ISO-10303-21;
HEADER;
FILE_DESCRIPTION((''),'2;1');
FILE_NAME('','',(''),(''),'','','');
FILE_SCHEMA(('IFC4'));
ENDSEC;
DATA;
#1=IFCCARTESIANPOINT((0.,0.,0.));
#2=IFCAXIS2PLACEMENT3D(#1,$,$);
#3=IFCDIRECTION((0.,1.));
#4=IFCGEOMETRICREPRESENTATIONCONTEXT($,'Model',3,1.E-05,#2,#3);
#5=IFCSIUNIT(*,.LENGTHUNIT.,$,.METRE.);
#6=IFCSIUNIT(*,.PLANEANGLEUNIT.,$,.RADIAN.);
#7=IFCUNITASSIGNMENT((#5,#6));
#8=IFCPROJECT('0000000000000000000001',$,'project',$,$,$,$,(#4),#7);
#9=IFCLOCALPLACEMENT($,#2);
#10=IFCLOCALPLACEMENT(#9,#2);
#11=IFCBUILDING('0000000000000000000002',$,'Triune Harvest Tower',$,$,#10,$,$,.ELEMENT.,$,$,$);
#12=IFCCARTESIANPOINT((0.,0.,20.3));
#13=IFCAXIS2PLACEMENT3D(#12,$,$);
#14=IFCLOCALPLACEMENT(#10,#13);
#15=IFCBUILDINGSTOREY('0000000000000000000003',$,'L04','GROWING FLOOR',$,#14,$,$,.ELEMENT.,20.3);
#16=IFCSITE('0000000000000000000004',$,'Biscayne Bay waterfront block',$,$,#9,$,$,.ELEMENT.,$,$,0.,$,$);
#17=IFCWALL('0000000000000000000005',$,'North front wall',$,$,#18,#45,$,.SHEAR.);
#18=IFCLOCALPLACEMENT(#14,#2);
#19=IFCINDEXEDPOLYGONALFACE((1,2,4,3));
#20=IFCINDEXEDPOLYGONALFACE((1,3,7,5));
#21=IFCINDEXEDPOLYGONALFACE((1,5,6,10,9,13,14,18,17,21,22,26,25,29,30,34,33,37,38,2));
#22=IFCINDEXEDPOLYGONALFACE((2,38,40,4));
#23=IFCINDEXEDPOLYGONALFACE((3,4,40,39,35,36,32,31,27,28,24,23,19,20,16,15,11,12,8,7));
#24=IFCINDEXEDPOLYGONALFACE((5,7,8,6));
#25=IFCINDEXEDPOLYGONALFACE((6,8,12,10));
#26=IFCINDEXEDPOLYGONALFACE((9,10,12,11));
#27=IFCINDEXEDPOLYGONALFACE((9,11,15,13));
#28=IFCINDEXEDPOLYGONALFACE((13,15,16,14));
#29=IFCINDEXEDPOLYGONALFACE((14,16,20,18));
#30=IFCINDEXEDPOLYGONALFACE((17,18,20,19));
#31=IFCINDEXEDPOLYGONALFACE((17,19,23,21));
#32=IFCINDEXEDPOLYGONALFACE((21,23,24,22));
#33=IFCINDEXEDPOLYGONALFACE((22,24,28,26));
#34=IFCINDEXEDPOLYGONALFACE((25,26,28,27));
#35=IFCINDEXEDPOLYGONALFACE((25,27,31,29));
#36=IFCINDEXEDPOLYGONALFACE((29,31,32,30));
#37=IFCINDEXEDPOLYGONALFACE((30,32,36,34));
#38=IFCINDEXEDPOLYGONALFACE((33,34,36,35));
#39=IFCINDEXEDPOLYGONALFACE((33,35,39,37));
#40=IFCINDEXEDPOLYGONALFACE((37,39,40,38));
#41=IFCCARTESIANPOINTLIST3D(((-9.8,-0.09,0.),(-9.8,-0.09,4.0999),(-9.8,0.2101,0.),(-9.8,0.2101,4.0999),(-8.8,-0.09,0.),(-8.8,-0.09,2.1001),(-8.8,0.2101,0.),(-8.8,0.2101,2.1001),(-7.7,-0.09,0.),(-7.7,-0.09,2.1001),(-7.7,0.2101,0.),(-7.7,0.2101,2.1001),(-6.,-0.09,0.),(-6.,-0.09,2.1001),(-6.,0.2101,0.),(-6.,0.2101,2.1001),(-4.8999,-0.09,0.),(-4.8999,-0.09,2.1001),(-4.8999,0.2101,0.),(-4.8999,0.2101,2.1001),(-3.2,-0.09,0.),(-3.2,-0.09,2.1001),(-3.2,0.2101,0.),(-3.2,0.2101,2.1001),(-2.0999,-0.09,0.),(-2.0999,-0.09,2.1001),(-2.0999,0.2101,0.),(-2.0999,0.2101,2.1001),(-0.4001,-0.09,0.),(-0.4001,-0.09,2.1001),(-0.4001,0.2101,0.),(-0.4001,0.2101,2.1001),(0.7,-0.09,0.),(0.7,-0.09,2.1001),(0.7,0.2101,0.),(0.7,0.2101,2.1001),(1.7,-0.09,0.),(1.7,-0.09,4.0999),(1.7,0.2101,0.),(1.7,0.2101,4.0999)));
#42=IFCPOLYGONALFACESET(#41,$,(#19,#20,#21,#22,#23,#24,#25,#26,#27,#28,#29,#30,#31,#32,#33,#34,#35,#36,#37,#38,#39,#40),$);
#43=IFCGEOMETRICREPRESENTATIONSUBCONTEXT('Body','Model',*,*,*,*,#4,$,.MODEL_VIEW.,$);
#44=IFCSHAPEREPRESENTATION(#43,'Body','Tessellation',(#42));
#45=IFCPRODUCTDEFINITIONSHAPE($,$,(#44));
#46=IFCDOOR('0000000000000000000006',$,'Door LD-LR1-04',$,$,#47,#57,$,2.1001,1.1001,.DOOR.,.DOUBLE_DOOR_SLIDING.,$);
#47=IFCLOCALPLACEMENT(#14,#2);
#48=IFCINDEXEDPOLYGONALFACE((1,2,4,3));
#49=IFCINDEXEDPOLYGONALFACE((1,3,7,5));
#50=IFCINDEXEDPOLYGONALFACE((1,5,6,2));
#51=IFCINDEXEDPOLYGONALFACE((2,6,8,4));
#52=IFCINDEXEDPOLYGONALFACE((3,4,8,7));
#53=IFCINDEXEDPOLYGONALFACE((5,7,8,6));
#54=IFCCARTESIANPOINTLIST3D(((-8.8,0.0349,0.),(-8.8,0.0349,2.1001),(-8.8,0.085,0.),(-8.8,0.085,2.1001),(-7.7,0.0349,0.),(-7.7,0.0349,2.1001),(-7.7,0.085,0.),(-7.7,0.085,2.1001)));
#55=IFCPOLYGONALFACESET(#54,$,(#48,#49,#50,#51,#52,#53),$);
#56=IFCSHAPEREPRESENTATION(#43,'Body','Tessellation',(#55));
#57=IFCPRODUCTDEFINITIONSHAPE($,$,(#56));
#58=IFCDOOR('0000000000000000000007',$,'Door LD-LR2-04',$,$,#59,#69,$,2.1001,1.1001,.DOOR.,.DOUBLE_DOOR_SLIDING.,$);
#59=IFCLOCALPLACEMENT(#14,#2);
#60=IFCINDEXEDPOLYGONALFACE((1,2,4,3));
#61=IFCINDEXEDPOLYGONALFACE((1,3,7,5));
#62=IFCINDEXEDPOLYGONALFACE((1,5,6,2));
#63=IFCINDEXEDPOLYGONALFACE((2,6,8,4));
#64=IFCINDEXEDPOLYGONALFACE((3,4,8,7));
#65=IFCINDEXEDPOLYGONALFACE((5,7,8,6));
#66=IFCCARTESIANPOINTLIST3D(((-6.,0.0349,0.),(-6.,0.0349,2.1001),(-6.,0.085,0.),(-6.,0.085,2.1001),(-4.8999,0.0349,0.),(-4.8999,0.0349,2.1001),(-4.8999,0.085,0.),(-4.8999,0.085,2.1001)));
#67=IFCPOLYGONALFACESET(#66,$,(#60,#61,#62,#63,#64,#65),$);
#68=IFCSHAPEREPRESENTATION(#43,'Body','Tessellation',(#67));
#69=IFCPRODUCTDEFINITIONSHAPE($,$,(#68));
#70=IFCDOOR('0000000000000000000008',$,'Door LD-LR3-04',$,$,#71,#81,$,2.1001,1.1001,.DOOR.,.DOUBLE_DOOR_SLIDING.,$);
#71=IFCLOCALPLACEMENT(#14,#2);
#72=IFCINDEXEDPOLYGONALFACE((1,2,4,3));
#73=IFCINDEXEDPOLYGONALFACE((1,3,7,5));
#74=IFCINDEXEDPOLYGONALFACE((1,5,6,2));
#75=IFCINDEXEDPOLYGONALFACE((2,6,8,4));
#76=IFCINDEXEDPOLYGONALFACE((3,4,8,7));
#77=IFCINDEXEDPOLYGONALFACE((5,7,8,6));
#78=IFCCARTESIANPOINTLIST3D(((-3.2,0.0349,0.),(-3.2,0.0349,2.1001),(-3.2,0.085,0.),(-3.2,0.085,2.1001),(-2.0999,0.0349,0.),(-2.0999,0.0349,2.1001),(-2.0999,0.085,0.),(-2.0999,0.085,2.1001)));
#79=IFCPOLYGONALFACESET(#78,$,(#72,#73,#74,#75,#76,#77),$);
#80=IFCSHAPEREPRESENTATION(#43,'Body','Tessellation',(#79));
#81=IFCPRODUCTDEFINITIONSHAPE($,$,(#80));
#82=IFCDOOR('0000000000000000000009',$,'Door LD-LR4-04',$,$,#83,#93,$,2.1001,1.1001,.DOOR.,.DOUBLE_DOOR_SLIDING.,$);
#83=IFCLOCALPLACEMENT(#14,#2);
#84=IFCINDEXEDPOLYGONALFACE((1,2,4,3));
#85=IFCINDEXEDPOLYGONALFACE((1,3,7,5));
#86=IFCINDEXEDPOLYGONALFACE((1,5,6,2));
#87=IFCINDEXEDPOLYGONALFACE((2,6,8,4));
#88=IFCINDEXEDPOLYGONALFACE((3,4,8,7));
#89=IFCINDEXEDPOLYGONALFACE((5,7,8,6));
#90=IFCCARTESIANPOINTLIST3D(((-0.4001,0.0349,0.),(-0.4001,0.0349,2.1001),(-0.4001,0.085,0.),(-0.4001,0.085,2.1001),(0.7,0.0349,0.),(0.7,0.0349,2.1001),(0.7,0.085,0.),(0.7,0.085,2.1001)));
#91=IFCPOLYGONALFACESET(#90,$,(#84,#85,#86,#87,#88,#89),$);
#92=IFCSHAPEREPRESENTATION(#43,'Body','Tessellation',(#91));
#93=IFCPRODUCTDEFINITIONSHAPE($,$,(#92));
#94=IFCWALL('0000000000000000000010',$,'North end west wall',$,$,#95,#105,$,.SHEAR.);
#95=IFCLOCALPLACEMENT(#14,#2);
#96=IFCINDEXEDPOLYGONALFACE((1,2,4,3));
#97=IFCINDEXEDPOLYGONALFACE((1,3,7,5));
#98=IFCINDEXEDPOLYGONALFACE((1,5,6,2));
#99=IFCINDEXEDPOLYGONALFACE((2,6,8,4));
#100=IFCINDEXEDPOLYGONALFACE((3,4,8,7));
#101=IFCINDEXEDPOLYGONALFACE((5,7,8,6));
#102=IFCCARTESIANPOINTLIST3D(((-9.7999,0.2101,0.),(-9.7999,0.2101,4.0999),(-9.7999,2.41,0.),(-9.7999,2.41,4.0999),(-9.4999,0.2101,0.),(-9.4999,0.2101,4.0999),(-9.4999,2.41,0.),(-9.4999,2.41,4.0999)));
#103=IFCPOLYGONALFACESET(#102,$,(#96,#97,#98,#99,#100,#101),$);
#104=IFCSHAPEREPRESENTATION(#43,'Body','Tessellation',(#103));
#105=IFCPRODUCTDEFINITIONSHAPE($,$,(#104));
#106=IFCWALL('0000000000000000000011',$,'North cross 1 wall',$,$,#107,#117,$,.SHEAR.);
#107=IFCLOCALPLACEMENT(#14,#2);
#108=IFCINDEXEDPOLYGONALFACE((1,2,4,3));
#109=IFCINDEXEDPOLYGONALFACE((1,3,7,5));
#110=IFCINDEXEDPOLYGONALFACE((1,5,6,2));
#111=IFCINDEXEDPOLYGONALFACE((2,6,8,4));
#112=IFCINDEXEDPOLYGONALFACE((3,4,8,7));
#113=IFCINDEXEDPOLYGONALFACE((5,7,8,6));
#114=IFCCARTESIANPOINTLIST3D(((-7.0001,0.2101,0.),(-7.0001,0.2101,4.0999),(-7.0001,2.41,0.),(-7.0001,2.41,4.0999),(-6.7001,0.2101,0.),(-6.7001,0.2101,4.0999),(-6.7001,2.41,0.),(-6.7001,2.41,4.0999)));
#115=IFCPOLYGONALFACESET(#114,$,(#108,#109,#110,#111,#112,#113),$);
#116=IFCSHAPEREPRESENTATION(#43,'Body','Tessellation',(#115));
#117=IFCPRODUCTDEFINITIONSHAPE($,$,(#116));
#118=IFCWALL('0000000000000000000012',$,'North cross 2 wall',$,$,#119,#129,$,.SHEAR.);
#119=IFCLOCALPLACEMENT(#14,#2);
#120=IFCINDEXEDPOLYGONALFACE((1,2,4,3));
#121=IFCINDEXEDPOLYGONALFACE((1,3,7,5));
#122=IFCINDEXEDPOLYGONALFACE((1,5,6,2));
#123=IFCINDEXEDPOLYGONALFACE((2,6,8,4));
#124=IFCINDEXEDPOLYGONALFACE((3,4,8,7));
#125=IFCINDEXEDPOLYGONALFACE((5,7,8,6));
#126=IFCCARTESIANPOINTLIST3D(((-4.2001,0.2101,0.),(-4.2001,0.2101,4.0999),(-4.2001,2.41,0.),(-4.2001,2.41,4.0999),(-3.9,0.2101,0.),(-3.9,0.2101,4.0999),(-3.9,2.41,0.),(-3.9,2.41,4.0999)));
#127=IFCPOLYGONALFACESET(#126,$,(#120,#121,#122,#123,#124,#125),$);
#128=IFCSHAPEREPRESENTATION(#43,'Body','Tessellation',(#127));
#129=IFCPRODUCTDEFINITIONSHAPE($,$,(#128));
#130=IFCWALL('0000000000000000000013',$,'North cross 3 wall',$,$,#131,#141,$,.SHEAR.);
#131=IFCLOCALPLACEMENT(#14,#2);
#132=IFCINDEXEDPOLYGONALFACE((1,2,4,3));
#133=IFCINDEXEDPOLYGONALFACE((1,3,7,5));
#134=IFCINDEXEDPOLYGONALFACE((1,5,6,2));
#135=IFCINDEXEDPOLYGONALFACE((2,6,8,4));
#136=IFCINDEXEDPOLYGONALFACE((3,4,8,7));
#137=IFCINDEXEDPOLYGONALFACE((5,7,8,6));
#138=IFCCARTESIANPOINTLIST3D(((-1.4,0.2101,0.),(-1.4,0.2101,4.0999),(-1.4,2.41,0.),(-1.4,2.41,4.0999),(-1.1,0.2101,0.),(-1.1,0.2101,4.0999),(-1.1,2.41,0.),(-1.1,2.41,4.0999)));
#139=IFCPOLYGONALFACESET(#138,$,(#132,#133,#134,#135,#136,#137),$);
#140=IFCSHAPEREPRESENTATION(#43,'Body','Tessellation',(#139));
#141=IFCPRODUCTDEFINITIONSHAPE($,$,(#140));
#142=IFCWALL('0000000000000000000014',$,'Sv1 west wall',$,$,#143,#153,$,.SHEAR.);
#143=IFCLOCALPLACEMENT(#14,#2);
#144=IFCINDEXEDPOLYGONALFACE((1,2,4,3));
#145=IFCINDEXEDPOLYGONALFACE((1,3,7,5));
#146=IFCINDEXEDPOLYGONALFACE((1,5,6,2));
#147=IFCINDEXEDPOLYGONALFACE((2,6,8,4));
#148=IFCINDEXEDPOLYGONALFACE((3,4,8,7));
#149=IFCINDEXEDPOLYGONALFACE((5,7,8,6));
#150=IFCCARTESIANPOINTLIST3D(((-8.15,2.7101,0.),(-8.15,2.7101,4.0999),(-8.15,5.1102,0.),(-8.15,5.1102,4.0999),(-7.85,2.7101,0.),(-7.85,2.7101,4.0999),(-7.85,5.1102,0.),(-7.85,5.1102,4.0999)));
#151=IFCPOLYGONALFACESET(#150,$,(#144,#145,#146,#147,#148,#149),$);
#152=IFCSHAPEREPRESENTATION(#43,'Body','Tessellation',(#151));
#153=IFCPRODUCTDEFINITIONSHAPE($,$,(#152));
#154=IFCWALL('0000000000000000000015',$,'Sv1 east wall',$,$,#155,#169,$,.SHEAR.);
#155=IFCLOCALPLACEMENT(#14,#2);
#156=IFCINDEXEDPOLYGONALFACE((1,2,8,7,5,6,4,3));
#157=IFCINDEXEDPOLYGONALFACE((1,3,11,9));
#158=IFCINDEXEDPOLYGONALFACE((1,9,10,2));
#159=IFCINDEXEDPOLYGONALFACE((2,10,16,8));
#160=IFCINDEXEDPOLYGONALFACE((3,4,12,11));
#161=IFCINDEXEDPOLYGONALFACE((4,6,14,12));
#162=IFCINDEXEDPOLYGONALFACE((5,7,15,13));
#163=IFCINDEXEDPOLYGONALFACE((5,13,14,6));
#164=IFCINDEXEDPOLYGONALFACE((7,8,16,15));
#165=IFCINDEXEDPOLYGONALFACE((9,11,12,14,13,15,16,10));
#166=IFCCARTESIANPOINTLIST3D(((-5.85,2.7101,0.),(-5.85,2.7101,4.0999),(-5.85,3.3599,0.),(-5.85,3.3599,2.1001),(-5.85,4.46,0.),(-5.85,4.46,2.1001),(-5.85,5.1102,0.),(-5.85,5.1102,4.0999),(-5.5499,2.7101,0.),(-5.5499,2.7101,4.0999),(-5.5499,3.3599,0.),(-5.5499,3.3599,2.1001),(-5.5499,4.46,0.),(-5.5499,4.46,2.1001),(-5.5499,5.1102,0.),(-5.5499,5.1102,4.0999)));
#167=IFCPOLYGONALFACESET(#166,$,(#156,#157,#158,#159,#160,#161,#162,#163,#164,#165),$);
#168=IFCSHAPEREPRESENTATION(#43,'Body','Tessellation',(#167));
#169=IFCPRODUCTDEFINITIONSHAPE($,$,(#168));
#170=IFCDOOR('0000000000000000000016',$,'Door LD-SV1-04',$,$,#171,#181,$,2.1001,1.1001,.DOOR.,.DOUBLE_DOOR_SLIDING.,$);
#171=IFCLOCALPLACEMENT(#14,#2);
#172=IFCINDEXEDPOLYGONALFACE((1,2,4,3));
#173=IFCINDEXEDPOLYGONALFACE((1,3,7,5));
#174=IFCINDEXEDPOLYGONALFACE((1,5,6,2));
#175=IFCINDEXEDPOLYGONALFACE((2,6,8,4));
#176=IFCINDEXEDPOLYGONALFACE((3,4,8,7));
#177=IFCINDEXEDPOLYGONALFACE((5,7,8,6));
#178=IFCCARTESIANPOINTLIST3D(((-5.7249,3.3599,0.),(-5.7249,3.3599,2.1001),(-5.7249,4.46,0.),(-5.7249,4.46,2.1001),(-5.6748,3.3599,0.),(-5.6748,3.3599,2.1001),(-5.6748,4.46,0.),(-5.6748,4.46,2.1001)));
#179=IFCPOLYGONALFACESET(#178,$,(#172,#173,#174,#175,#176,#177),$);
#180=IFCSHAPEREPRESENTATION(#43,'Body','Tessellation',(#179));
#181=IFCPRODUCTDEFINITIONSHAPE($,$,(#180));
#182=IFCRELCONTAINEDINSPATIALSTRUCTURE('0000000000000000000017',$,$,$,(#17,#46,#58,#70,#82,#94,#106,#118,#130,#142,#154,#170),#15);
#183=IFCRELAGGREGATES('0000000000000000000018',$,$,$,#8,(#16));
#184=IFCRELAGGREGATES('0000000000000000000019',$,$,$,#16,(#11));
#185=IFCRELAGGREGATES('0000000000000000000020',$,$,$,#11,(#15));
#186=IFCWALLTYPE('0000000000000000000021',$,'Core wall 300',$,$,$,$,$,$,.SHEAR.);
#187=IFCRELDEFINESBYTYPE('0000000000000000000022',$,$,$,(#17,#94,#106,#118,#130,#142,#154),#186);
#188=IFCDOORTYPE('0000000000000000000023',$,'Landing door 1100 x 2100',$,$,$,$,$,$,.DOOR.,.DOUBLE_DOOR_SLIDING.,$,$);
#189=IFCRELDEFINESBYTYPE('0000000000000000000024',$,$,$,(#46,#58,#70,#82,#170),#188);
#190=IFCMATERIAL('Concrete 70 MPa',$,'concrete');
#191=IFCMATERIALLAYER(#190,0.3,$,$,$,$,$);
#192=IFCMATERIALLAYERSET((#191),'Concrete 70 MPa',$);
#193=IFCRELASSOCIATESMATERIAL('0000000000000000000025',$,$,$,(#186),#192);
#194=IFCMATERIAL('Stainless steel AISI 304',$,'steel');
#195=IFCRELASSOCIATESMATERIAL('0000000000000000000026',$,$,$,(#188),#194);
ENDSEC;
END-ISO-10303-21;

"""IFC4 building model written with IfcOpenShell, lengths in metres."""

from ifc_helpers import new_model, si_unit, direction, frame, frame_2d, origin, place, context, subcontext, project, spatial, rectangle, extrude, source, transform, mapped, material, layer, layer_set, type_object, element, fill, save


model = new_model("IFC4")

# Units and contexts
model_context = context("Model", 3, precision=1e-05, world=origin(), true_north=direction((0.0, 1.0)))
body_context = subcontext(model_context, "Body", "Model", "MODEL_VIEW")
ifc_project = project(units=[si_unit("LENGTHUNIT", "METRE"), si_unit("PLANEANGLEUNIT", "RADIAN")], contexts=[model_context])

# Site, building, storey
site_placement = place(None, origin())
site = spatial("IfcSite", under=ifc_project, at=site_placement, Name="Biscayne Bay waterfront block", CompositionType="ELEMENT", RefElevation=0.0)
building_placement = place(site_placement, origin())
building = spatial("IfcBuilding", under=site, at=building_placement, Name="Triune Harvest Tower", CompositionType="ELEMENT")
storey_placement = place(building_placement, frame((0.0, 0.0, 20.3)))
storey = spatial("IfcBuildingStorey", under=building, at=storey_placement, Name="L04", Description="GROWING FLOOR", CompositionType="ELEMENT", Elevation=20.3)

# Wall, openings, doors
ifc_material_1 = material(Name="Concrete 70 MPa", Category="concrete")
ifc_layer = layer(ifc_material_1, 0.3)
ifc_layer_set = layer_set([ifc_layer], Name="Concrete 70 MPa")
wall_type = type_object("IfcWallType", Name="Core wall 300", PredefinedType="SHEAR", material=ifc_layer_set)
shared_shape_1 = source(origin(), body_context, "Body", "SweptSolid", [
    extrude(rectangle(XDim=11.5, YDim=0.3, at=frame_2d((5.75, 0.0))), origin(), (0.0, 0.0, 1.0), 4.0999),
])
wall_1_placement = place(storey_placement, frame((-9.8, 0.0601, 0.0), z_axis=(0.0, 0.0, 1.0), x_axis=(1.0, 0.0, 0.0)))
wall_1 = element("IfcWall", 1, at=wall_1_placement, inside=storey, type_object=wall_type, Name="North front wall", PredefinedType="SHEAR", context=body_context, shape_type="MappedRepresentation", body=[
    mapped(shared_shape_1, transform((0.0, 0.0, 0.0), scale=1.0)),
])
opening_1_placement = place(wall_1_placement, frame((1.0, 0.0, 0.0)))
opening_1 = element("IfcOpeningElement", 2, at=opening_1_placement, cuts=wall_1, PredefinedType="OPENING", context=body_context, shape_type="SweptSolid", body=[
    extrude(rectangle(XDim=1.1001, YDim=2.1001, at=frame_2d((0.55, 1.05))), frame((0.0, 0.1602, 0.0), z_axis=(0.0, -1.0, 0.0), x_axis=(1.0, 0.0, 0.0)), (0.0, 0.0, 1.0), 0.3201),
])
opening_2_placement = place(wall_1_placement, frame((3.8, 0.0, 0.0)))
opening_2 = element("IfcOpeningElement", 3, at=opening_2_placement, cuts=wall_1, PredefinedType="OPENING", context=body_context, shape_type="SweptSolid", body=[
    extrude(rectangle(XDim=1.1001, YDim=2.1001, at=frame_2d((0.55, 1.05))), frame((0.0, 0.1602, 0.0), z_axis=(0.0, -1.0, 0.0), x_axis=(1.0, 0.0, 0.0)), (0.0, 0.0, 1.0), 0.3201),
])
opening_3_placement = place(wall_1_placement, frame((6.6001, 0.0, 0.0)))
opening_3 = element("IfcOpeningElement", 4, at=opening_3_placement, cuts=wall_1, PredefinedType="OPENING", context=body_context, shape_type="SweptSolid", body=[
    extrude(rectangle(XDim=1.1001, YDim=2.1001, at=frame_2d((0.55, 1.05))), frame((0.0, 0.1602, 0.0), z_axis=(0.0, -1.0, 0.0), x_axis=(1.0, 0.0, 0.0)), (0.0, 0.0, 1.0), 0.3201),
])
opening_4_placement = place(wall_1_placement, frame((9.3999, 0.0, 0.0)))
opening_4 = element("IfcOpeningElement", 5, at=opening_4_placement, cuts=wall_1, PredefinedType="OPENING", context=body_context, shape_type="SweptSolid", body=[
    extrude(rectangle(XDim=1.1001, YDim=2.1001, at=frame_2d((0.55, 1.05))), frame((0.0, 0.1602, 0.0), z_axis=(0.0, -1.0, 0.0), x_axis=(1.0, 0.0, 0.0)), (0.0, 0.0, 1.0), 0.3201),
])
ifc_material_2 = material(Name="Stainless steel AISI 304", Category="steel")
door_type = type_object("IfcDoorType", Name="Landing door 1100 x 2100", OperationType="DOUBLE_DOOR_SLIDING", PredefinedType="DOOR", material=ifc_material_2)
door_1_placement = place(opening_1_placement, origin())
door_1 = element("IfcDoor", 6, at=door_1_placement, inside=storey, type_object=door_type, Name="Door LD-LR1-04", OperationType="DOUBLE_DOOR_SLIDING", OverallHeight=2.1001, OverallWidth=1.1001, PredefinedType="DOOR", context=body_context, shape_type="SweptSolid", body=[
    extrude(rectangle(XDim=1.1001, YDim=2.1001, at=frame_2d((0.55, 1.05))), frame((0.0, 0.0249, 0.0), z_axis=(0.0, -1.0, 0.0), x_axis=(1.0, 0.0, 0.0)), (0.0, 0.0, 1.0), 0.05),
])
fill(opening_1, door_1)
door_2_placement = place(opening_2_placement, origin())
door_2 = element("IfcDoor", 7, at=door_2_placement, inside=storey, type_object=door_type, Name="Door LD-LR2-04", OperationType="DOUBLE_DOOR_SLIDING", OverallHeight=2.1001, OverallWidth=1.1001, PredefinedType="DOOR", context=body_context, shape_type="SweptSolid", body=[
    extrude(rectangle(XDim=1.1001, YDim=2.1001, at=frame_2d((0.55, 1.05))), frame((0.0, 0.0249, 0.0), z_axis=(0.0, -1.0, 0.0), x_axis=(1.0, 0.0, 0.0)), (0.0, 0.0, 1.0), 0.05),
])
fill(opening_2, door_2)
door_3_placement = place(opening_3_placement, origin())
door_3 = element("IfcDoor", 8, at=door_3_placement, inside=storey, type_object=door_type, Name="Door LD-LR3-04", OperationType="DOUBLE_DOOR_SLIDING", OverallHeight=2.1001, OverallWidth=1.1001, PredefinedType="DOOR", context=body_context, shape_type="SweptSolid", body=[
    extrude(rectangle(XDim=1.1001, YDim=2.1001, at=frame_2d((0.55, 1.05))), frame((0.0, 0.0249, 0.0), z_axis=(0.0, -1.0, 0.0), x_axis=(1.0, 0.0, 0.0)), (0.0, 0.0, 1.0), 0.05),
])
fill(opening_3, door_3)
door_4_placement = place(opening_4_placement, origin())
door_4 = element("IfcDoor", 9, at=door_4_placement, inside=storey, type_object=door_type, Name="Door LD-LR4-04", OperationType="DOUBLE_DOOR_SLIDING", OverallHeight=2.1001, OverallWidth=1.1001, PredefinedType="DOOR", context=body_context, shape_type="SweptSolid", body=[
    extrude(rectangle(XDim=1.1001, YDim=2.1001, at=frame_2d((0.55, 1.05))), frame((0.0, 0.0249, 0.0), z_axis=(0.0, -1.0, 0.0), x_axis=(1.0, 0.0, 0.0)), (0.0, 0.0, 1.0), 0.05),
])
fill(opening_4, door_4)

# Walls
shared_shape_2 = source(origin(), body_context, "Body", "SweptSolid", [
    extrude(rectangle(XDim=2.2, YDim=0.3, at=frame_2d((1.1001, 0.0))), origin(), (0.0, 0.0, 1.0), 4.0999),
])
for number, where, z_axis, x_axis, name in (
    (10, (-9.6499, 0.21, 0.0), (0.0, 0.0, 1.0), (0.0, 1.0, 0.0), "North end west wall"),
    (11, (-6.8501, 0.21, 0.0), (0.0, 0.0, 1.0), (0.0, 1.0, 0.0), "North cross 1 wall"),
    (12, (-4.05, 0.21, 0.0), (0.0, 0.0, 1.0), (0.0, 1.0, 0.0), "North cross 2 wall"),
    (13, (-1.25, 0.21, 0.0), (0.0, 0.0, 1.0), (0.0, 1.0, 0.0), "North cross 3 wall"),
):
    element("IfcWall", number, at=place(storey_placement, frame(where, z_axis=z_axis, x_axis=x_axis)), inside=storey, type_object=wall_type, Name=name, PredefinedType="SHEAR", context=body_context, shape_type="MappedRepresentation", body=[
        mapped(shared_shape_2, transform((0.0, 0.0, 0.0), scale=1.0)),
    ])
shared_shape_3 = source(origin(), body_context, "Body", "SweptSolid", [
    extrude(rectangle(XDim=2.4001, YDim=0.3, at=frame_2d((1.2002, 0.0))), origin(), (0.0, 0.0, 1.0), 4.0999),
])
wall_2_placement = place(storey_placement, frame((-8.0, 2.71, 0.0), z_axis=(0.0, 0.0, 1.0), x_axis=(0.0, 1.0, 0.0)))
element("IfcWall", 14, at=wall_2_placement, inside=storey, type_object=wall_type, Name="Sv1 west wall", PredefinedType="SHEAR", context=body_context, shape_type="MappedRepresentation", body=[
    mapped(shared_shape_3, transform((0.0, 0.0, 0.0), scale=1.0)),
])

# Wall, opening, door
wall_3_placement = place(storey_placement, frame((-5.7, 2.71, 0.0), z_axis=(0.0, 0.0, 1.0), x_axis=(0.0, 1.0, 0.0)))
wall_3 = element("IfcWall", 15, at=wall_3_placement, inside=storey, type_object=wall_type, Name="Sv1 east wall", PredefinedType="SHEAR", context=body_context, shape_type="MappedRepresentation", body=[
    mapped(shared_shape_3, transform((0.0, 0.0, 0.0), scale=1.0)),
])
opening_5_placement = place(wall_3_placement, frame((0.6499, 0.0, 0.0)))
opening_5 = element("IfcOpeningElement", 16, at=opening_5_placement, cuts=wall_3, PredefinedType="OPENING", context=body_context, shape_type="SweptSolid", body=[
    extrude(rectangle(XDim=1.1001, YDim=2.1001, at=frame_2d((0.55, 1.05))), frame((0.0, 0.1602, 0.0), z_axis=(0.0, -1.0, 0.0), x_axis=(1.0, 0.0, 0.0)), (0.0, 0.0, 1.0), 0.3201),
])
door_5_placement = place(opening_5_placement, origin())
door_5 = element("IfcDoor", 17, at=door_5_placement, inside=storey, type_object=door_type, Name="Door LD-SV1-04", OperationType="DOUBLE_DOOR_SLIDING", OverallHeight=2.1001, OverallWidth=1.1001, PredefinedType="DOOR", context=body_context, shape_type="SweptSolid", body=[
    extrude(rectangle(XDim=1.1001, YDim=2.1001, at=frame_2d((0.55, 1.05))), frame((0.0, 0.0249, 0.0), z_axis=(0.0, -1.0, 0.0), x_axis=(1.0, 0.0, 0.0)), (0.0, 0.0, 1.0), 0.05),
])
fill(opening_5, door_5)

save(model, "model.ifc")
